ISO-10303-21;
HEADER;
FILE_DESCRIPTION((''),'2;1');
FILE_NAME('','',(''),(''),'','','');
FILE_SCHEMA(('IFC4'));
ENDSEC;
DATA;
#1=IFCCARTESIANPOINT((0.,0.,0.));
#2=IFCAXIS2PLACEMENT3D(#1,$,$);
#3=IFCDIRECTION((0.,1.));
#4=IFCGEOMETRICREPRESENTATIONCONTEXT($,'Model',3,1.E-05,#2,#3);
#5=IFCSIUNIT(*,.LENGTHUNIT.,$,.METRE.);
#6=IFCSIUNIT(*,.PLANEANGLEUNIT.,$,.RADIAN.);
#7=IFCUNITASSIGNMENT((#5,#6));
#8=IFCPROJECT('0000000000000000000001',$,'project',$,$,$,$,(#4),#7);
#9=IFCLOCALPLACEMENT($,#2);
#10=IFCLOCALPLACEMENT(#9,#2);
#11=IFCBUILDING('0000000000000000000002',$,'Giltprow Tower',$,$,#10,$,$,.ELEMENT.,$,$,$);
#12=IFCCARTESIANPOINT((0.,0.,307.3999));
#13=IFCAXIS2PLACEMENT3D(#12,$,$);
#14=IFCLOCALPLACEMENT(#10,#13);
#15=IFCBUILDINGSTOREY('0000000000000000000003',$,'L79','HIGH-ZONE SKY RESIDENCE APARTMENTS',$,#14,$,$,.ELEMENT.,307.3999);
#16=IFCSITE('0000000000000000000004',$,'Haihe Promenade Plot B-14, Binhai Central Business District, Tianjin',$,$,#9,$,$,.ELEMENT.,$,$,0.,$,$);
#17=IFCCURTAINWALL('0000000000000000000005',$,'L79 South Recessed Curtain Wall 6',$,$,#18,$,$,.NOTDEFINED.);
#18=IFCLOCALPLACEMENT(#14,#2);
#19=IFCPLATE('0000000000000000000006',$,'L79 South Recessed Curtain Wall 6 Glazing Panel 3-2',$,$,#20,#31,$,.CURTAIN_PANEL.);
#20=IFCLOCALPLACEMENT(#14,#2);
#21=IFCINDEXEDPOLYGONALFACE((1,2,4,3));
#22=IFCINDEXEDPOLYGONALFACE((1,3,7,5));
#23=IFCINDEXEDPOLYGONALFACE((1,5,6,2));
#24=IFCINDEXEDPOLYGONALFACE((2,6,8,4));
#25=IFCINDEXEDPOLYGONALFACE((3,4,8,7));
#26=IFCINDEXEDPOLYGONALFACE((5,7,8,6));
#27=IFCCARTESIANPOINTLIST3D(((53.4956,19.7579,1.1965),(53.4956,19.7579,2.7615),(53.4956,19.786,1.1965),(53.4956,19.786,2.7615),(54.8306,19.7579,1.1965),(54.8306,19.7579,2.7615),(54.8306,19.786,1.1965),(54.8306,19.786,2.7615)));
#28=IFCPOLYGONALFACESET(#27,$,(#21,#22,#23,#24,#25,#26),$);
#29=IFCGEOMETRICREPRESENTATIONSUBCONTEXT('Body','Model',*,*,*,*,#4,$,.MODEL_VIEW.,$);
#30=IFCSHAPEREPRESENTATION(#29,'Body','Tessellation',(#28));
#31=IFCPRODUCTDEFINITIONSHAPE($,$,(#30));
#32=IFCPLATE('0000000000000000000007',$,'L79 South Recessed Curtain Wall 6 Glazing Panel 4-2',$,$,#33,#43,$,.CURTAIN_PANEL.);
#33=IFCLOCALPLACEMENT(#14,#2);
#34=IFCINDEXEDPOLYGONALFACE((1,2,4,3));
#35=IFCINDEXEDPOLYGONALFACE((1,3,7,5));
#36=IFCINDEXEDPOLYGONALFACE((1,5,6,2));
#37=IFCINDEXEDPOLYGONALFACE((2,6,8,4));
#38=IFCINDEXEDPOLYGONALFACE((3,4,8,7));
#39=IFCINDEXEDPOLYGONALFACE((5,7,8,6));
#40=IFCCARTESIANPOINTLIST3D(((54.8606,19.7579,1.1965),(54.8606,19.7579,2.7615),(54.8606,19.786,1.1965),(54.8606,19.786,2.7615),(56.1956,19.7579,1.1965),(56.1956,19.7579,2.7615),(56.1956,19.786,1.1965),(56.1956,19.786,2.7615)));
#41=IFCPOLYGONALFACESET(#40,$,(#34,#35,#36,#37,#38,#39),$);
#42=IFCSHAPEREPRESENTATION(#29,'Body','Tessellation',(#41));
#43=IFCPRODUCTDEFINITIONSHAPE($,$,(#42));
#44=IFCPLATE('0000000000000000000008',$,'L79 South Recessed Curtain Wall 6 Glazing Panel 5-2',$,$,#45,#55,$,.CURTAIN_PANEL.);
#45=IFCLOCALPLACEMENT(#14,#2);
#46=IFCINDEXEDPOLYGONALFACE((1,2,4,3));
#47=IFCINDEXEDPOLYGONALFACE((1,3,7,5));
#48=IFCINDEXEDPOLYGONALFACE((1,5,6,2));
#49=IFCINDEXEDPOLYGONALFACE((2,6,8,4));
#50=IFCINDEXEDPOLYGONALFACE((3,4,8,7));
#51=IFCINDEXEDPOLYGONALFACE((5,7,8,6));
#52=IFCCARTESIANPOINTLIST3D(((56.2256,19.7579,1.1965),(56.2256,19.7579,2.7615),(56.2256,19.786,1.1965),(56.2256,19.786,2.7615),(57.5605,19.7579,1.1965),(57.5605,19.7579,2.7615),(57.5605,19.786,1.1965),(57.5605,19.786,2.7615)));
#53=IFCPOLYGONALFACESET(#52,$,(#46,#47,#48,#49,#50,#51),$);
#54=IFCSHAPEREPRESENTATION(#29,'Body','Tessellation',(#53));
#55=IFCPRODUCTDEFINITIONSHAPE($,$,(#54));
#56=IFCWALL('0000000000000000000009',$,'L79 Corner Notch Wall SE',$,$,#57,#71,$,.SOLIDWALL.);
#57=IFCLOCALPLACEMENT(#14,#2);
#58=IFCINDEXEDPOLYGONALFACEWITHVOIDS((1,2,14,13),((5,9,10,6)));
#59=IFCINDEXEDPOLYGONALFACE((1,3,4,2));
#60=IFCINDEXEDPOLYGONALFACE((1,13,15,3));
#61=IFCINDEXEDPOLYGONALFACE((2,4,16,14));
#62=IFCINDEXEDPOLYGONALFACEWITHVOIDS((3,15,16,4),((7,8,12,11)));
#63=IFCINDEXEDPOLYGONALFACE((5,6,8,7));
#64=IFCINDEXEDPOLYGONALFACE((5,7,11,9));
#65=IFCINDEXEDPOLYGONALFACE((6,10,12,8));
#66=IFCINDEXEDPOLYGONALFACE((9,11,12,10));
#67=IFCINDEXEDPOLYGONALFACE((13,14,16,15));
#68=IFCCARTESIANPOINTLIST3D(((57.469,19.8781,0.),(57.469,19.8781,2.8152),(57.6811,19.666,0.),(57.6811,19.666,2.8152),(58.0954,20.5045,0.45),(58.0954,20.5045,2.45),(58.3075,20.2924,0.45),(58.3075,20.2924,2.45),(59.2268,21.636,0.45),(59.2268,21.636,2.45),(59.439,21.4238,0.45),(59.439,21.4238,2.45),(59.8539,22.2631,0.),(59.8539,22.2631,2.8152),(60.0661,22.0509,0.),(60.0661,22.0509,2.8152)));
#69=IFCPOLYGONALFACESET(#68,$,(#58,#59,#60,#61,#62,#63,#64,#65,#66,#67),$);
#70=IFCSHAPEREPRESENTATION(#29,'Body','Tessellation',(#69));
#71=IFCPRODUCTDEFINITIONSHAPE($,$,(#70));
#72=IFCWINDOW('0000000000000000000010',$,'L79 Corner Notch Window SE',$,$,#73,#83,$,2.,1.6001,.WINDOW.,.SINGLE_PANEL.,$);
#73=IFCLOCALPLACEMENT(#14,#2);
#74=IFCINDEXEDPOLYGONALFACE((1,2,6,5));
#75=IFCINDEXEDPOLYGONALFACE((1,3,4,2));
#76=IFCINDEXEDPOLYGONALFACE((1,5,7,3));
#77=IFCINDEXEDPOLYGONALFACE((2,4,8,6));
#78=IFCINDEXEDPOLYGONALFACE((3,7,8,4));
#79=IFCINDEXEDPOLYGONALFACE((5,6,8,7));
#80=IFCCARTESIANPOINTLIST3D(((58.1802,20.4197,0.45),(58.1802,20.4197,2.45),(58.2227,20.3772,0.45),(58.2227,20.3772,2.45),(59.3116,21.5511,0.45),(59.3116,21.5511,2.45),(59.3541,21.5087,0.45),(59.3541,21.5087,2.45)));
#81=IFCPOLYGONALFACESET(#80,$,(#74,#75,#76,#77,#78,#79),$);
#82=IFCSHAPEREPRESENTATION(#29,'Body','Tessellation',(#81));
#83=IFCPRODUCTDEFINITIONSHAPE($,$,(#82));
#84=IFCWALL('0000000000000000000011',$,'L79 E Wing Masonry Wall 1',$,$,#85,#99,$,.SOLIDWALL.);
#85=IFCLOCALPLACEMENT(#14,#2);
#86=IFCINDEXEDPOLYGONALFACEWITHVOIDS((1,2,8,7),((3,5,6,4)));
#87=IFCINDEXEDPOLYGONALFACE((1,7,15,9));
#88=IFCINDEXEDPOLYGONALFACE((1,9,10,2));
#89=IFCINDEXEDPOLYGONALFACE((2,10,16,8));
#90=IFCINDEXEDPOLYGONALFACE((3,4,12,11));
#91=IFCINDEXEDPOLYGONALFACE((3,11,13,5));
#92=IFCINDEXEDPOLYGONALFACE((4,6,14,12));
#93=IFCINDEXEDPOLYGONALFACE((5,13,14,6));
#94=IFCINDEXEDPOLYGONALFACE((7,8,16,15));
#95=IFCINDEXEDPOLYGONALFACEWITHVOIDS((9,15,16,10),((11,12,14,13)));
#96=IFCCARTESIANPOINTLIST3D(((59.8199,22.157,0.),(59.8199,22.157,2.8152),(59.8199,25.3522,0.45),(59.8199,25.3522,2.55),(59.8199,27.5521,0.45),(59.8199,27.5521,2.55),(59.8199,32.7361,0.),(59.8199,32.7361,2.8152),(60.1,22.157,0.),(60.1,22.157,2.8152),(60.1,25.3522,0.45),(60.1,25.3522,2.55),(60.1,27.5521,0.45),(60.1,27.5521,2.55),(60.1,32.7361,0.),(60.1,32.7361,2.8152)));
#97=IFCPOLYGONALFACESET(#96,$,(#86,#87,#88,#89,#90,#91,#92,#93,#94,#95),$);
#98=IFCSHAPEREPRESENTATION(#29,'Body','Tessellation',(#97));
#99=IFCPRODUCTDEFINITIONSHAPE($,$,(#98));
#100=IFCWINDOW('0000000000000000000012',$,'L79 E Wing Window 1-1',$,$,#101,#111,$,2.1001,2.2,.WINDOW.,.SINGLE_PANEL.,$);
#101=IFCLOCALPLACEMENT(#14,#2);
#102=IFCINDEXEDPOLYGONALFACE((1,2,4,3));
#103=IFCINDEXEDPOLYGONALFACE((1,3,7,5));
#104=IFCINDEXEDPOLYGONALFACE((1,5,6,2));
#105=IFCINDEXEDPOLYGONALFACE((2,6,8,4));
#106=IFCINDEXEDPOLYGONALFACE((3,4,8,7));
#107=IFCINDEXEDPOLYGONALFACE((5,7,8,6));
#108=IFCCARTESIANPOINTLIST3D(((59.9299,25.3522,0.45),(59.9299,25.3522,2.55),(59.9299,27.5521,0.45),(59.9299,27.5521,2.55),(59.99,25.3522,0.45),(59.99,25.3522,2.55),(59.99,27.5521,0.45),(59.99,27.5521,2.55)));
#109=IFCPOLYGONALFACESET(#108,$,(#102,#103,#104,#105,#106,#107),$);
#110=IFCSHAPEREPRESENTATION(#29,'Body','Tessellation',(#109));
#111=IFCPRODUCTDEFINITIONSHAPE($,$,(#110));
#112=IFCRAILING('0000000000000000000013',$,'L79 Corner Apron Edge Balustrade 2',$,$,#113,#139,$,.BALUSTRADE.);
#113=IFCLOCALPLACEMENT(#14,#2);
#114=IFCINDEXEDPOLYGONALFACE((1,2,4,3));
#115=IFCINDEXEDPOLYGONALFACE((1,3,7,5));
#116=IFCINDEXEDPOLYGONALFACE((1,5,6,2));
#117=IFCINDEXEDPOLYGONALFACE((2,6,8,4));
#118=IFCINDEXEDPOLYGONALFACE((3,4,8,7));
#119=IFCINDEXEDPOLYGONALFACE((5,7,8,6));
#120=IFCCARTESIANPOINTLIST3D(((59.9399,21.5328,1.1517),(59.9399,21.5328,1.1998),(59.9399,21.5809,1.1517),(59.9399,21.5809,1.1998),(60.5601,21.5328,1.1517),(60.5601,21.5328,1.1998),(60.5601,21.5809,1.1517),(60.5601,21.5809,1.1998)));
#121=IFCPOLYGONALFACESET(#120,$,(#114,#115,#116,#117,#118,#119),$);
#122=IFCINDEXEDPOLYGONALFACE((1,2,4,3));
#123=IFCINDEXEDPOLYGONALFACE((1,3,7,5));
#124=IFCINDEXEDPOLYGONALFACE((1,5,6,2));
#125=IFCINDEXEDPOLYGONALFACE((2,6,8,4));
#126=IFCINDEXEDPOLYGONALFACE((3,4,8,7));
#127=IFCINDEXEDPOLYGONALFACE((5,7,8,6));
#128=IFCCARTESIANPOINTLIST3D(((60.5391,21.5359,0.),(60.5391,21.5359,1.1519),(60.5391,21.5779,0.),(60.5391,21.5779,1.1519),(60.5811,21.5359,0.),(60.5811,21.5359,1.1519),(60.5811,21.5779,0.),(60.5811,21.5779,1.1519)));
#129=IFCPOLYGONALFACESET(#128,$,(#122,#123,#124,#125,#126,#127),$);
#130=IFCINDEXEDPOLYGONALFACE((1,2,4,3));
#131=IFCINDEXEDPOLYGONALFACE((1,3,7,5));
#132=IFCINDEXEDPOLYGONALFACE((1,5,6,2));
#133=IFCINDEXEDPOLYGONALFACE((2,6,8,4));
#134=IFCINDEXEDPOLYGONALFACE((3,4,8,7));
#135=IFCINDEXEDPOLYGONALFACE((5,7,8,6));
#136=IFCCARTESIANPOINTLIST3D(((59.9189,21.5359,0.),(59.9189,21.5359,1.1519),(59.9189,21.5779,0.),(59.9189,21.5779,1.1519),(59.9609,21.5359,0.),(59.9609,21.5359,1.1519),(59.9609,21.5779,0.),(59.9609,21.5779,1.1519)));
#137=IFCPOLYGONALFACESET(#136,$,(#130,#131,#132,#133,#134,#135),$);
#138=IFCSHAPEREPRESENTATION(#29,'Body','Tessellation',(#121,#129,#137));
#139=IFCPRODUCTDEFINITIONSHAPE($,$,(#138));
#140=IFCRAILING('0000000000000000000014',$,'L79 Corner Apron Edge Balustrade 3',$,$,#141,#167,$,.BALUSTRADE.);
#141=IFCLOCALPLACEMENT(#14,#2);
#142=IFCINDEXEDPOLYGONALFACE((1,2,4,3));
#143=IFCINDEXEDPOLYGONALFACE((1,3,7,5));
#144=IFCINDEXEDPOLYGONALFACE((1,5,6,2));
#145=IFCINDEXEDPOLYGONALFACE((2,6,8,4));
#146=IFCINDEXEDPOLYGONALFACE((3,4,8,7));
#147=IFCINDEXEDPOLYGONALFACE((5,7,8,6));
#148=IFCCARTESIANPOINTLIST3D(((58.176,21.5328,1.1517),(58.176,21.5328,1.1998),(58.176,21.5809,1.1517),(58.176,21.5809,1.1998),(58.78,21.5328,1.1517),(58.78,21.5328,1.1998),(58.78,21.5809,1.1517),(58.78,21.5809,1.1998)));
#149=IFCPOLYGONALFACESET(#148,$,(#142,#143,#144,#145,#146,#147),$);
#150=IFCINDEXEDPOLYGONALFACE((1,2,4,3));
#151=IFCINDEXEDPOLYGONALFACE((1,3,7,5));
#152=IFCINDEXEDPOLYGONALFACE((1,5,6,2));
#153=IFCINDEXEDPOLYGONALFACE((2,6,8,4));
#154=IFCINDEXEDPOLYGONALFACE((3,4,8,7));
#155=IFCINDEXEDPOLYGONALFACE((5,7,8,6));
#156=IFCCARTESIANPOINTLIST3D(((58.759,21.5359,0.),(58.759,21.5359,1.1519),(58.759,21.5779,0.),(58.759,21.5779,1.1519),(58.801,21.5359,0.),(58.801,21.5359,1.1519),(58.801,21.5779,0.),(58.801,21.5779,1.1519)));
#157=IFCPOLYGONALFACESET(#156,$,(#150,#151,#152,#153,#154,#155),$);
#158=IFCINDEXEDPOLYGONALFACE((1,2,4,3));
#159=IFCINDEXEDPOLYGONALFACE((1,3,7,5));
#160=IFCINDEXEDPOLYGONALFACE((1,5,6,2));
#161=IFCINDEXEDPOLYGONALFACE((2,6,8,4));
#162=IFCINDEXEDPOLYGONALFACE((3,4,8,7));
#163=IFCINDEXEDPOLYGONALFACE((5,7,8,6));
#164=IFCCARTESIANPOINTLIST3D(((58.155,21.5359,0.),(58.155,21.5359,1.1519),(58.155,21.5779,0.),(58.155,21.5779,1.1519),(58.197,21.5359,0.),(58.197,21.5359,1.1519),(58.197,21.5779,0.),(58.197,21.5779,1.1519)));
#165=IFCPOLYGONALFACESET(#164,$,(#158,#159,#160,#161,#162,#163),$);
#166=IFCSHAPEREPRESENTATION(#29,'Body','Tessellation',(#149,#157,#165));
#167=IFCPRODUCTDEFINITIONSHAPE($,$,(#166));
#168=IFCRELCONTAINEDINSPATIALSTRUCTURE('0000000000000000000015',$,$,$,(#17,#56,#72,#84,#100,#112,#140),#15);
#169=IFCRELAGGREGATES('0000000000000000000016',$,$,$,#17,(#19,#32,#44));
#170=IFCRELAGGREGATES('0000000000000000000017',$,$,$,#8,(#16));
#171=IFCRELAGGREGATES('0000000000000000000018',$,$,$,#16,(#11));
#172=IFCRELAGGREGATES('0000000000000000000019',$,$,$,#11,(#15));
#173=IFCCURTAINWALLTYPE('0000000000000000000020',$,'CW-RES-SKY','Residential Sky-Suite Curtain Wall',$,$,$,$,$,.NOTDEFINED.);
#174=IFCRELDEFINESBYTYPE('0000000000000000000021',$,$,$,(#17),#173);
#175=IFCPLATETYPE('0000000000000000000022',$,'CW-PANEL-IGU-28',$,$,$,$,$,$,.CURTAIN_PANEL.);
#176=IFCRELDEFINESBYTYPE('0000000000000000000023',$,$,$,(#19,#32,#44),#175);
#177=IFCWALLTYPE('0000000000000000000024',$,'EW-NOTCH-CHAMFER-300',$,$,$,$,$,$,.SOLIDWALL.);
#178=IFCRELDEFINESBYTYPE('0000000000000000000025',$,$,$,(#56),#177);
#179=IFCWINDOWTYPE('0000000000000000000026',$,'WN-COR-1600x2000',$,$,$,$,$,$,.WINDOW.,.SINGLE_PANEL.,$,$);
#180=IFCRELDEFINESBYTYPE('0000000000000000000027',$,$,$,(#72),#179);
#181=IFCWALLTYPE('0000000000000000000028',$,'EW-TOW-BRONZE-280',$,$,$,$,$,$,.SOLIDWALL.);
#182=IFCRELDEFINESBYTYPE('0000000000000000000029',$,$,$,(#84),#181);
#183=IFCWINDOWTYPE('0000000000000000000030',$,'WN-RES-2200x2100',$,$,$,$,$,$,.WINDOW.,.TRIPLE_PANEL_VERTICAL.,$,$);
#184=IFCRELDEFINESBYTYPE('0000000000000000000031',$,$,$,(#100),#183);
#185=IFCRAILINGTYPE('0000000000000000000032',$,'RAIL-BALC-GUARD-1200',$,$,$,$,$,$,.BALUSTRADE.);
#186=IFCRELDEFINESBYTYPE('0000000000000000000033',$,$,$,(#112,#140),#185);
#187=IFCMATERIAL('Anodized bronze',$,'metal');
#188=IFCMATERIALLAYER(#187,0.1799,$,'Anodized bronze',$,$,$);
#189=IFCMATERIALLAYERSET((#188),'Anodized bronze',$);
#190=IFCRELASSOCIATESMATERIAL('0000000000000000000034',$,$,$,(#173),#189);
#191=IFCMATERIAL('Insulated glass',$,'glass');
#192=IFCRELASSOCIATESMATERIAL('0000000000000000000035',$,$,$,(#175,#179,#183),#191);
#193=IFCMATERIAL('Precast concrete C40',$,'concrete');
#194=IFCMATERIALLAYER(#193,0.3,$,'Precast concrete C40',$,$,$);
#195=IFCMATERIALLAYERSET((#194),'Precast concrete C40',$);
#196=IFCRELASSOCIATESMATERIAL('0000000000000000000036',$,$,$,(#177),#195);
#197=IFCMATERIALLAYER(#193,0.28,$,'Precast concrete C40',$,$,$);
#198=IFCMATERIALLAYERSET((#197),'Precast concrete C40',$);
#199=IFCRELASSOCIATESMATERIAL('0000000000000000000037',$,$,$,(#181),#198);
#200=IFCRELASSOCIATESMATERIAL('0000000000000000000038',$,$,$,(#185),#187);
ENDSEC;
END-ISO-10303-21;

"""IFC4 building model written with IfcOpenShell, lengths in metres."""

from ifc_helpers import new_model, si_unit, direction, frame, frame_2d, origin, origin_2d, place, context, subcontext, project, spatial, rectangle, extrude, source, transform, mapped, material, layer, layer_set, type_object, element, fill, aggregate, save


model = new_model("IFC4")

# Units and contexts
model_context = context("Model", 3, precision=1e-05, world=origin(), true_north=direction((0.0, 1.0)))
body_context = subcontext(model_context, "Body", "Model", "MODEL_VIEW")
ifc_project = project(units=[si_unit("LENGTHUNIT", "METRE"), si_unit("PLANEANGLEUNIT", "RADIAN")], contexts=[model_context])

# Site, building, storey
site_placement = place(None, origin())
site = spatial("IfcSite", under=ifc_project, at=site_placement, Name="Haihe Promenade Plot B-14, Binhai Central Business District, Tianjin", CompositionType="ELEMENT", RefElevation=0.0)
building_placement = place(site_placement, origin())
building = spatial("IfcBuilding", under=site, at=building_placement, Name="Giltprow Tower", CompositionType="ELEMENT")
storey_placement = place(building_placement, frame((0.0, 0.0, 307.3999)))
storey = spatial("IfcBuildingStorey", under=building, at=storey_placement, Name="L79", Description="HIGH-ZONE SKY RESIDENCE APARTMENTS", CompositionType="ELEMENT", Elevation=307.3999)

# Curtain wall, plates
ifc_material_1 = material(Name="Anodized bronze", Category="metal")
ifc_layer_1 = layer(ifc_material_1, 0.1799, Name="Anodized bronze")
ifc_layer_set_1 = layer_set([ifc_layer_1], Name="Anodized bronze")
curtain_wall_type = type_object("IfcCurtainWallType", Name="CW-RES-SKY", Description="Residential Sky-Suite Curtain Wall", PredefinedType="NOTDEFINED", material=ifc_layer_set_1)
curtain_wall_placement = place(storey_placement, origin())
curtain_wall = element("IfcCurtainWall", 1, at=curtain_wall_placement, inside=storey, type_object=curtain_wall_type, Name="L79 South Recessed Curtain Wall 6", PredefinedType="NOTDEFINED")
ifc_material_2 = material(Name="Insulated glass", Category="glass")
plate_type = type_object("IfcPlateType", Name="CW-PANEL-IGU-28", PredefinedType="CURTAIN_PANEL", material=ifc_material_2)
shared_shape_1 = source(origin(), body_context, "Body", "SweptSolid", [
    extrude(rectangle(XDim=1.335, YDim=0.0281, at=origin_2d()), origin(), (0.0, 0.0, 1.0), 1.5649),
])
plate_1_placement = place(storey_placement, frame((54.1631, 19.772, 1.1965), z_axis=(0.0, 0.0, 1.0), x_axis=(1.0, 0.0, 0.0)))
plate_1 = element("IfcPlate", 2, at=plate_1_placement, type_object=plate_type, Name="L79 South Recessed Curtain Wall 6 Glazing Panel 3-2", PredefinedType="CURTAIN_PANEL", context=body_context, shape_type="MappedRepresentation", body=[
    mapped(shared_shape_1, transform((0.0, 0.0, 0.0), x_axis=(1.0, 0.0, 0.0), y_axis=(0.0, 1.0, 0.0), z_axis=(0.0, 0.0, 1.0), scale=1.0)),
])
plate_2_placement = place(storey_placement, frame((55.5281, 19.772, 1.1965), z_axis=(0.0, 0.0, 1.0), x_axis=(1.0, 0.0, 0.0)))
plate_2 = element("IfcPlate", 3, at=plate_2_placement, type_object=plate_type, Name="L79 South Recessed Curtain Wall 6 Glazing Panel 4-2", PredefinedType="CURTAIN_PANEL", context=body_context, shape_type="MappedRepresentation", body=[
    mapped(shared_shape_1, transform((0.0, 0.0, 0.0), x_axis=(1.0, 0.0, 0.0), y_axis=(0.0, 1.0, 0.0), z_axis=(0.0, 0.0, 1.0), scale=1.0)),
])
plate_3_placement = place(storey_placement, frame((56.8931, 19.772, 1.1965), z_axis=(0.0, 0.0, 1.0), x_axis=(1.0, 0.0, 0.0)))
plate_3 = element("IfcPlate", 4, at=plate_3_placement, type_object=plate_type, Name="L79 South Recessed Curtain Wall 6 Glazing Panel 5-2", PredefinedType="CURTAIN_PANEL", context=body_context, shape_type="MappedRepresentation", body=[
    mapped(shared_shape_1, transform((0.0, 0.0, 0.0), x_axis=(1.0, 0.0, 0.0), y_axis=(0.0, 1.0, 0.0), z_axis=(0.0, 0.0, 1.0), scale=1.0)),
])
aggregate(curtain_wall, [plate_1, plate_2, plate_3])

# Walls, openings, windows
ifc_material_3 = material(Name="Precast concrete C40", Category="concrete")
ifc_layer_2 = layer(ifc_material_3, 0.3, Name="Precast concrete C40")
ifc_layer_set_2 = layer_set([ifc_layer_2], Name="Precast concrete C40")
wall_type_1 = type_object("IfcWallType", Name="EW-NOTCH-CHAMFER-300", PredefinedType="SOLIDWALL", material=ifc_layer_set_2)
wall_1_placement = place(storey_placement, frame((57.575, 19.772, 0.0), z_axis=(0.0, 0.0, 1.0), x_axis=(0.707107, 0.707107, 0.0)))
wall_1 = element("IfcWall", 5, at=wall_1_placement, inside=storey, type_object=wall_type_1, Name="L79 Corner Notch Wall SE", PredefinedType="SOLIDWALL", context=body_context, shape_type="SweptSolid", body=[
    extrude(rectangle(XDim=3.3728, YDim=0.3, at=frame_2d((1.6865, 0.0))), origin(), (0.0, 0.0, 1.0), 2.8152),
])
opening_1_placement = place(wall_1_placement, frame((0.886, 0.0, 0.45)))
opening_1 = element("IfcOpeningElement", 6, at=opening_1_placement, cuts=wall_1, PredefinedType="OPENING", context=body_context, shape_type="SweptSolid", body=[
    extrude(rectangle(XDim=1.6001, YDim=2.0, at=frame_2d((0.8, 1.0))), frame((0.0, 0.1599, 0.0), z_axis=(0.0, -1.0, 0.0), x_axis=(1.0, 0.0, 0.0)), (0.0, 0.0, 1.0), 0.3201),
])
window_type_1 = type_object("IfcWindowType", Name="WN-COR-1600x2000", PartitioningType="SINGLE_PANEL", PredefinedType="WINDOW", material=ifc_material_2)
shared_shape_2 = source(origin(), body_context, "Body", "SweptSolid", [
    extrude(rectangle(XDim=1.6001, YDim=2.0, at=frame_2d((0.8, 1.0))), frame((0.0, 0.03, 0.0), z_axis=(0.0, -1.0, 0.0), x_axis=(1.0, 0.0, 0.0)), (0.0, 0.0, 1.0), 0.0601),
])
window_1_placement = place(opening_1_placement, origin())
window_1 = element("IfcWindow", 7, at=window_1_placement, inside=storey, type_object=window_type_1, Name="L79 Corner Notch Window SE", OverallHeight=2.0, OverallWidth=1.6001, PartitioningType="SINGLE_PANEL", PredefinedType="WINDOW", context=body_context, shape_type="MappedRepresentation", body=[
    mapped(shared_shape_2, transform((0.0, 0.0, 0.0), x_axis=(1.0, 0.0, 0.0), y_axis=(0.0, 1.0, 0.0), z_axis=(0.0, 0.0, 1.0), scale=1.0)),
])
fill(opening_1, window_1)
ifc_layer_3 = layer(ifc_material_3, 0.28, Name="Precast concrete C40")
ifc_layer_set_3 = layer_set([ifc_layer_3], Name="Precast concrete C40")
wall_type_2 = type_object("IfcWallType", Name="EW-TOW-BRONZE-280", PredefinedType="SOLIDWALL", material=ifc_layer_set_3)
wall_2_placement = place(storey_placement, frame((59.96, 22.157, 0.0), z_axis=(0.0, 0.0, 1.0), x_axis=(0.0, 1.0, 0.0)))
wall_2 = element("IfcWall", 8, at=wall_2_placement, inside=storey, type_object=wall_type_2, Name="L79 E Wing Masonry Wall 1", PredefinedType="SOLIDWALL", context=body_context, shape_type="SweptSolid", body=[
    extrude(rectangle(XDim=10.5791, YDim=0.28, at=frame_2d((5.2896, 0.0))), origin(), (0.0, 0.0, 1.0), 2.8152),
])
opening_2_placement = place(wall_2_placement, frame((3.1951, 0.0, 0.45)))
opening_2 = element("IfcOpeningElement", 9, at=opening_2_placement, cuts=wall_2, PredefinedType="OPENING", context=body_context, shape_type="SweptSolid", body=[
    extrude(rectangle(XDim=2.2, YDim=2.1001, at=frame_2d((1.1001, 1.05))), frame((0.0, 0.1499, 0.0), z_axis=(0.0, -1.0, 0.0), x_axis=(1.0, 0.0, 0.0)), (0.0, 0.0, 1.0), 0.3),
])
window_type_2 = type_object("IfcWindowType", Name="WN-RES-2200x2100", PartitioningType="TRIPLE_PANEL_VERTICAL", PredefinedType="WINDOW", material=ifc_material_2)
shared_shape_3 = source(origin(), body_context, "Body", "SweptSolid", [
    extrude(rectangle(XDim=2.2, YDim=2.1001, at=frame_2d((1.1001, 1.05))), frame((0.0, 0.03, 0.0), z_axis=(0.0, -1.0, 0.0), x_axis=(1.0, 0.0, 0.0)), (0.0, 0.0, 1.0), 0.0601),
])
window_2_placement = place(opening_2_placement, origin())
window_2 = element("IfcWindow", 10, at=window_2_placement, inside=storey, type_object=window_type_2, Name="L79 E Wing Window 1-1", OverallHeight=2.1001, OverallWidth=2.2, PartitioningType="SINGLE_PANEL", PredefinedType="WINDOW", context=body_context, shape_type="MappedRepresentation", body=[
    mapped(shared_shape_3, transform((0.0, 0.0, 0.0), x_axis=(1.0, 0.0, 0.0), y_axis=(0.0, 1.0, 0.0), z_axis=(0.0, 0.0, 1.0), scale=1.0)),
])
fill(opening_2, window_2)

# Railings
railing_type = type_object("IfcRailingType", Name="RAIL-BALC-GUARD-1200", PredefinedType="BALUSTRADE", material=ifc_material_1)
railing_1_placement = place(storey_placement, frame((60.5601, 21.5569, 0.0)))
element("IfcRailing", 11, at=railing_1_placement, inside=storey, type_object=railing_type, Name="L79 Corner Apron Edge Balustrade 2", PredefinedType="BALUSTRADE", context=body_context, shape_type="SweptSolid", body=[
    extrude(rectangle(XDim=0.0481, YDim=0.0481, at=origin_2d()), frame((0.0, 0.0, 1.1758), z_axis=(-1.0, 0.0, 0.0), x_axis=(0.0, -1.0, 0.0)), (0.0, 0.0, 1.0), 0.6201),
    extrude(rectangle(XDim=0.042, YDim=0.042, at=origin_2d()), origin(), (0.0, 0.0, 1.0), 1.1519),
    extrude(rectangle(XDim=0.042, YDim=0.042, at=origin_2d()), frame((-0.6201, 0.0, 0.0)), (0.0, 0.0, 1.0), 1.1519),
])
railing_2_placement = place(storey_placement, frame((58.78, 21.5569, 0.0)))
element("IfcRailing", 12, at=railing_2_placement, inside=storey, type_object=railing_type, Name="L79 Corner Apron Edge Balustrade 3", PredefinedType="BALUSTRADE", context=body_context, shape_type="SweptSolid", body=[
    extrude(rectangle(XDim=0.0481, YDim=0.0481, at=origin_2d()), frame((0.0, 0.0, 1.1758), z_axis=(-1.0, 0.0, 0.0), x_axis=(0.0, -1.0, 0.0)), (0.0, 0.0, 1.0), 0.604),
    extrude(rectangle(XDim=0.042, YDim=0.042, at=origin_2d()), origin(), (0.0, 0.0, 1.0), 1.1519),
    extrude(rectangle(XDim=0.042, YDim=0.042, at=origin_2d()), frame((-0.604, 0.0, 0.0)), (0.0, 0.0, 1.0), 1.1519),
])

save(model, "model.ifc")
